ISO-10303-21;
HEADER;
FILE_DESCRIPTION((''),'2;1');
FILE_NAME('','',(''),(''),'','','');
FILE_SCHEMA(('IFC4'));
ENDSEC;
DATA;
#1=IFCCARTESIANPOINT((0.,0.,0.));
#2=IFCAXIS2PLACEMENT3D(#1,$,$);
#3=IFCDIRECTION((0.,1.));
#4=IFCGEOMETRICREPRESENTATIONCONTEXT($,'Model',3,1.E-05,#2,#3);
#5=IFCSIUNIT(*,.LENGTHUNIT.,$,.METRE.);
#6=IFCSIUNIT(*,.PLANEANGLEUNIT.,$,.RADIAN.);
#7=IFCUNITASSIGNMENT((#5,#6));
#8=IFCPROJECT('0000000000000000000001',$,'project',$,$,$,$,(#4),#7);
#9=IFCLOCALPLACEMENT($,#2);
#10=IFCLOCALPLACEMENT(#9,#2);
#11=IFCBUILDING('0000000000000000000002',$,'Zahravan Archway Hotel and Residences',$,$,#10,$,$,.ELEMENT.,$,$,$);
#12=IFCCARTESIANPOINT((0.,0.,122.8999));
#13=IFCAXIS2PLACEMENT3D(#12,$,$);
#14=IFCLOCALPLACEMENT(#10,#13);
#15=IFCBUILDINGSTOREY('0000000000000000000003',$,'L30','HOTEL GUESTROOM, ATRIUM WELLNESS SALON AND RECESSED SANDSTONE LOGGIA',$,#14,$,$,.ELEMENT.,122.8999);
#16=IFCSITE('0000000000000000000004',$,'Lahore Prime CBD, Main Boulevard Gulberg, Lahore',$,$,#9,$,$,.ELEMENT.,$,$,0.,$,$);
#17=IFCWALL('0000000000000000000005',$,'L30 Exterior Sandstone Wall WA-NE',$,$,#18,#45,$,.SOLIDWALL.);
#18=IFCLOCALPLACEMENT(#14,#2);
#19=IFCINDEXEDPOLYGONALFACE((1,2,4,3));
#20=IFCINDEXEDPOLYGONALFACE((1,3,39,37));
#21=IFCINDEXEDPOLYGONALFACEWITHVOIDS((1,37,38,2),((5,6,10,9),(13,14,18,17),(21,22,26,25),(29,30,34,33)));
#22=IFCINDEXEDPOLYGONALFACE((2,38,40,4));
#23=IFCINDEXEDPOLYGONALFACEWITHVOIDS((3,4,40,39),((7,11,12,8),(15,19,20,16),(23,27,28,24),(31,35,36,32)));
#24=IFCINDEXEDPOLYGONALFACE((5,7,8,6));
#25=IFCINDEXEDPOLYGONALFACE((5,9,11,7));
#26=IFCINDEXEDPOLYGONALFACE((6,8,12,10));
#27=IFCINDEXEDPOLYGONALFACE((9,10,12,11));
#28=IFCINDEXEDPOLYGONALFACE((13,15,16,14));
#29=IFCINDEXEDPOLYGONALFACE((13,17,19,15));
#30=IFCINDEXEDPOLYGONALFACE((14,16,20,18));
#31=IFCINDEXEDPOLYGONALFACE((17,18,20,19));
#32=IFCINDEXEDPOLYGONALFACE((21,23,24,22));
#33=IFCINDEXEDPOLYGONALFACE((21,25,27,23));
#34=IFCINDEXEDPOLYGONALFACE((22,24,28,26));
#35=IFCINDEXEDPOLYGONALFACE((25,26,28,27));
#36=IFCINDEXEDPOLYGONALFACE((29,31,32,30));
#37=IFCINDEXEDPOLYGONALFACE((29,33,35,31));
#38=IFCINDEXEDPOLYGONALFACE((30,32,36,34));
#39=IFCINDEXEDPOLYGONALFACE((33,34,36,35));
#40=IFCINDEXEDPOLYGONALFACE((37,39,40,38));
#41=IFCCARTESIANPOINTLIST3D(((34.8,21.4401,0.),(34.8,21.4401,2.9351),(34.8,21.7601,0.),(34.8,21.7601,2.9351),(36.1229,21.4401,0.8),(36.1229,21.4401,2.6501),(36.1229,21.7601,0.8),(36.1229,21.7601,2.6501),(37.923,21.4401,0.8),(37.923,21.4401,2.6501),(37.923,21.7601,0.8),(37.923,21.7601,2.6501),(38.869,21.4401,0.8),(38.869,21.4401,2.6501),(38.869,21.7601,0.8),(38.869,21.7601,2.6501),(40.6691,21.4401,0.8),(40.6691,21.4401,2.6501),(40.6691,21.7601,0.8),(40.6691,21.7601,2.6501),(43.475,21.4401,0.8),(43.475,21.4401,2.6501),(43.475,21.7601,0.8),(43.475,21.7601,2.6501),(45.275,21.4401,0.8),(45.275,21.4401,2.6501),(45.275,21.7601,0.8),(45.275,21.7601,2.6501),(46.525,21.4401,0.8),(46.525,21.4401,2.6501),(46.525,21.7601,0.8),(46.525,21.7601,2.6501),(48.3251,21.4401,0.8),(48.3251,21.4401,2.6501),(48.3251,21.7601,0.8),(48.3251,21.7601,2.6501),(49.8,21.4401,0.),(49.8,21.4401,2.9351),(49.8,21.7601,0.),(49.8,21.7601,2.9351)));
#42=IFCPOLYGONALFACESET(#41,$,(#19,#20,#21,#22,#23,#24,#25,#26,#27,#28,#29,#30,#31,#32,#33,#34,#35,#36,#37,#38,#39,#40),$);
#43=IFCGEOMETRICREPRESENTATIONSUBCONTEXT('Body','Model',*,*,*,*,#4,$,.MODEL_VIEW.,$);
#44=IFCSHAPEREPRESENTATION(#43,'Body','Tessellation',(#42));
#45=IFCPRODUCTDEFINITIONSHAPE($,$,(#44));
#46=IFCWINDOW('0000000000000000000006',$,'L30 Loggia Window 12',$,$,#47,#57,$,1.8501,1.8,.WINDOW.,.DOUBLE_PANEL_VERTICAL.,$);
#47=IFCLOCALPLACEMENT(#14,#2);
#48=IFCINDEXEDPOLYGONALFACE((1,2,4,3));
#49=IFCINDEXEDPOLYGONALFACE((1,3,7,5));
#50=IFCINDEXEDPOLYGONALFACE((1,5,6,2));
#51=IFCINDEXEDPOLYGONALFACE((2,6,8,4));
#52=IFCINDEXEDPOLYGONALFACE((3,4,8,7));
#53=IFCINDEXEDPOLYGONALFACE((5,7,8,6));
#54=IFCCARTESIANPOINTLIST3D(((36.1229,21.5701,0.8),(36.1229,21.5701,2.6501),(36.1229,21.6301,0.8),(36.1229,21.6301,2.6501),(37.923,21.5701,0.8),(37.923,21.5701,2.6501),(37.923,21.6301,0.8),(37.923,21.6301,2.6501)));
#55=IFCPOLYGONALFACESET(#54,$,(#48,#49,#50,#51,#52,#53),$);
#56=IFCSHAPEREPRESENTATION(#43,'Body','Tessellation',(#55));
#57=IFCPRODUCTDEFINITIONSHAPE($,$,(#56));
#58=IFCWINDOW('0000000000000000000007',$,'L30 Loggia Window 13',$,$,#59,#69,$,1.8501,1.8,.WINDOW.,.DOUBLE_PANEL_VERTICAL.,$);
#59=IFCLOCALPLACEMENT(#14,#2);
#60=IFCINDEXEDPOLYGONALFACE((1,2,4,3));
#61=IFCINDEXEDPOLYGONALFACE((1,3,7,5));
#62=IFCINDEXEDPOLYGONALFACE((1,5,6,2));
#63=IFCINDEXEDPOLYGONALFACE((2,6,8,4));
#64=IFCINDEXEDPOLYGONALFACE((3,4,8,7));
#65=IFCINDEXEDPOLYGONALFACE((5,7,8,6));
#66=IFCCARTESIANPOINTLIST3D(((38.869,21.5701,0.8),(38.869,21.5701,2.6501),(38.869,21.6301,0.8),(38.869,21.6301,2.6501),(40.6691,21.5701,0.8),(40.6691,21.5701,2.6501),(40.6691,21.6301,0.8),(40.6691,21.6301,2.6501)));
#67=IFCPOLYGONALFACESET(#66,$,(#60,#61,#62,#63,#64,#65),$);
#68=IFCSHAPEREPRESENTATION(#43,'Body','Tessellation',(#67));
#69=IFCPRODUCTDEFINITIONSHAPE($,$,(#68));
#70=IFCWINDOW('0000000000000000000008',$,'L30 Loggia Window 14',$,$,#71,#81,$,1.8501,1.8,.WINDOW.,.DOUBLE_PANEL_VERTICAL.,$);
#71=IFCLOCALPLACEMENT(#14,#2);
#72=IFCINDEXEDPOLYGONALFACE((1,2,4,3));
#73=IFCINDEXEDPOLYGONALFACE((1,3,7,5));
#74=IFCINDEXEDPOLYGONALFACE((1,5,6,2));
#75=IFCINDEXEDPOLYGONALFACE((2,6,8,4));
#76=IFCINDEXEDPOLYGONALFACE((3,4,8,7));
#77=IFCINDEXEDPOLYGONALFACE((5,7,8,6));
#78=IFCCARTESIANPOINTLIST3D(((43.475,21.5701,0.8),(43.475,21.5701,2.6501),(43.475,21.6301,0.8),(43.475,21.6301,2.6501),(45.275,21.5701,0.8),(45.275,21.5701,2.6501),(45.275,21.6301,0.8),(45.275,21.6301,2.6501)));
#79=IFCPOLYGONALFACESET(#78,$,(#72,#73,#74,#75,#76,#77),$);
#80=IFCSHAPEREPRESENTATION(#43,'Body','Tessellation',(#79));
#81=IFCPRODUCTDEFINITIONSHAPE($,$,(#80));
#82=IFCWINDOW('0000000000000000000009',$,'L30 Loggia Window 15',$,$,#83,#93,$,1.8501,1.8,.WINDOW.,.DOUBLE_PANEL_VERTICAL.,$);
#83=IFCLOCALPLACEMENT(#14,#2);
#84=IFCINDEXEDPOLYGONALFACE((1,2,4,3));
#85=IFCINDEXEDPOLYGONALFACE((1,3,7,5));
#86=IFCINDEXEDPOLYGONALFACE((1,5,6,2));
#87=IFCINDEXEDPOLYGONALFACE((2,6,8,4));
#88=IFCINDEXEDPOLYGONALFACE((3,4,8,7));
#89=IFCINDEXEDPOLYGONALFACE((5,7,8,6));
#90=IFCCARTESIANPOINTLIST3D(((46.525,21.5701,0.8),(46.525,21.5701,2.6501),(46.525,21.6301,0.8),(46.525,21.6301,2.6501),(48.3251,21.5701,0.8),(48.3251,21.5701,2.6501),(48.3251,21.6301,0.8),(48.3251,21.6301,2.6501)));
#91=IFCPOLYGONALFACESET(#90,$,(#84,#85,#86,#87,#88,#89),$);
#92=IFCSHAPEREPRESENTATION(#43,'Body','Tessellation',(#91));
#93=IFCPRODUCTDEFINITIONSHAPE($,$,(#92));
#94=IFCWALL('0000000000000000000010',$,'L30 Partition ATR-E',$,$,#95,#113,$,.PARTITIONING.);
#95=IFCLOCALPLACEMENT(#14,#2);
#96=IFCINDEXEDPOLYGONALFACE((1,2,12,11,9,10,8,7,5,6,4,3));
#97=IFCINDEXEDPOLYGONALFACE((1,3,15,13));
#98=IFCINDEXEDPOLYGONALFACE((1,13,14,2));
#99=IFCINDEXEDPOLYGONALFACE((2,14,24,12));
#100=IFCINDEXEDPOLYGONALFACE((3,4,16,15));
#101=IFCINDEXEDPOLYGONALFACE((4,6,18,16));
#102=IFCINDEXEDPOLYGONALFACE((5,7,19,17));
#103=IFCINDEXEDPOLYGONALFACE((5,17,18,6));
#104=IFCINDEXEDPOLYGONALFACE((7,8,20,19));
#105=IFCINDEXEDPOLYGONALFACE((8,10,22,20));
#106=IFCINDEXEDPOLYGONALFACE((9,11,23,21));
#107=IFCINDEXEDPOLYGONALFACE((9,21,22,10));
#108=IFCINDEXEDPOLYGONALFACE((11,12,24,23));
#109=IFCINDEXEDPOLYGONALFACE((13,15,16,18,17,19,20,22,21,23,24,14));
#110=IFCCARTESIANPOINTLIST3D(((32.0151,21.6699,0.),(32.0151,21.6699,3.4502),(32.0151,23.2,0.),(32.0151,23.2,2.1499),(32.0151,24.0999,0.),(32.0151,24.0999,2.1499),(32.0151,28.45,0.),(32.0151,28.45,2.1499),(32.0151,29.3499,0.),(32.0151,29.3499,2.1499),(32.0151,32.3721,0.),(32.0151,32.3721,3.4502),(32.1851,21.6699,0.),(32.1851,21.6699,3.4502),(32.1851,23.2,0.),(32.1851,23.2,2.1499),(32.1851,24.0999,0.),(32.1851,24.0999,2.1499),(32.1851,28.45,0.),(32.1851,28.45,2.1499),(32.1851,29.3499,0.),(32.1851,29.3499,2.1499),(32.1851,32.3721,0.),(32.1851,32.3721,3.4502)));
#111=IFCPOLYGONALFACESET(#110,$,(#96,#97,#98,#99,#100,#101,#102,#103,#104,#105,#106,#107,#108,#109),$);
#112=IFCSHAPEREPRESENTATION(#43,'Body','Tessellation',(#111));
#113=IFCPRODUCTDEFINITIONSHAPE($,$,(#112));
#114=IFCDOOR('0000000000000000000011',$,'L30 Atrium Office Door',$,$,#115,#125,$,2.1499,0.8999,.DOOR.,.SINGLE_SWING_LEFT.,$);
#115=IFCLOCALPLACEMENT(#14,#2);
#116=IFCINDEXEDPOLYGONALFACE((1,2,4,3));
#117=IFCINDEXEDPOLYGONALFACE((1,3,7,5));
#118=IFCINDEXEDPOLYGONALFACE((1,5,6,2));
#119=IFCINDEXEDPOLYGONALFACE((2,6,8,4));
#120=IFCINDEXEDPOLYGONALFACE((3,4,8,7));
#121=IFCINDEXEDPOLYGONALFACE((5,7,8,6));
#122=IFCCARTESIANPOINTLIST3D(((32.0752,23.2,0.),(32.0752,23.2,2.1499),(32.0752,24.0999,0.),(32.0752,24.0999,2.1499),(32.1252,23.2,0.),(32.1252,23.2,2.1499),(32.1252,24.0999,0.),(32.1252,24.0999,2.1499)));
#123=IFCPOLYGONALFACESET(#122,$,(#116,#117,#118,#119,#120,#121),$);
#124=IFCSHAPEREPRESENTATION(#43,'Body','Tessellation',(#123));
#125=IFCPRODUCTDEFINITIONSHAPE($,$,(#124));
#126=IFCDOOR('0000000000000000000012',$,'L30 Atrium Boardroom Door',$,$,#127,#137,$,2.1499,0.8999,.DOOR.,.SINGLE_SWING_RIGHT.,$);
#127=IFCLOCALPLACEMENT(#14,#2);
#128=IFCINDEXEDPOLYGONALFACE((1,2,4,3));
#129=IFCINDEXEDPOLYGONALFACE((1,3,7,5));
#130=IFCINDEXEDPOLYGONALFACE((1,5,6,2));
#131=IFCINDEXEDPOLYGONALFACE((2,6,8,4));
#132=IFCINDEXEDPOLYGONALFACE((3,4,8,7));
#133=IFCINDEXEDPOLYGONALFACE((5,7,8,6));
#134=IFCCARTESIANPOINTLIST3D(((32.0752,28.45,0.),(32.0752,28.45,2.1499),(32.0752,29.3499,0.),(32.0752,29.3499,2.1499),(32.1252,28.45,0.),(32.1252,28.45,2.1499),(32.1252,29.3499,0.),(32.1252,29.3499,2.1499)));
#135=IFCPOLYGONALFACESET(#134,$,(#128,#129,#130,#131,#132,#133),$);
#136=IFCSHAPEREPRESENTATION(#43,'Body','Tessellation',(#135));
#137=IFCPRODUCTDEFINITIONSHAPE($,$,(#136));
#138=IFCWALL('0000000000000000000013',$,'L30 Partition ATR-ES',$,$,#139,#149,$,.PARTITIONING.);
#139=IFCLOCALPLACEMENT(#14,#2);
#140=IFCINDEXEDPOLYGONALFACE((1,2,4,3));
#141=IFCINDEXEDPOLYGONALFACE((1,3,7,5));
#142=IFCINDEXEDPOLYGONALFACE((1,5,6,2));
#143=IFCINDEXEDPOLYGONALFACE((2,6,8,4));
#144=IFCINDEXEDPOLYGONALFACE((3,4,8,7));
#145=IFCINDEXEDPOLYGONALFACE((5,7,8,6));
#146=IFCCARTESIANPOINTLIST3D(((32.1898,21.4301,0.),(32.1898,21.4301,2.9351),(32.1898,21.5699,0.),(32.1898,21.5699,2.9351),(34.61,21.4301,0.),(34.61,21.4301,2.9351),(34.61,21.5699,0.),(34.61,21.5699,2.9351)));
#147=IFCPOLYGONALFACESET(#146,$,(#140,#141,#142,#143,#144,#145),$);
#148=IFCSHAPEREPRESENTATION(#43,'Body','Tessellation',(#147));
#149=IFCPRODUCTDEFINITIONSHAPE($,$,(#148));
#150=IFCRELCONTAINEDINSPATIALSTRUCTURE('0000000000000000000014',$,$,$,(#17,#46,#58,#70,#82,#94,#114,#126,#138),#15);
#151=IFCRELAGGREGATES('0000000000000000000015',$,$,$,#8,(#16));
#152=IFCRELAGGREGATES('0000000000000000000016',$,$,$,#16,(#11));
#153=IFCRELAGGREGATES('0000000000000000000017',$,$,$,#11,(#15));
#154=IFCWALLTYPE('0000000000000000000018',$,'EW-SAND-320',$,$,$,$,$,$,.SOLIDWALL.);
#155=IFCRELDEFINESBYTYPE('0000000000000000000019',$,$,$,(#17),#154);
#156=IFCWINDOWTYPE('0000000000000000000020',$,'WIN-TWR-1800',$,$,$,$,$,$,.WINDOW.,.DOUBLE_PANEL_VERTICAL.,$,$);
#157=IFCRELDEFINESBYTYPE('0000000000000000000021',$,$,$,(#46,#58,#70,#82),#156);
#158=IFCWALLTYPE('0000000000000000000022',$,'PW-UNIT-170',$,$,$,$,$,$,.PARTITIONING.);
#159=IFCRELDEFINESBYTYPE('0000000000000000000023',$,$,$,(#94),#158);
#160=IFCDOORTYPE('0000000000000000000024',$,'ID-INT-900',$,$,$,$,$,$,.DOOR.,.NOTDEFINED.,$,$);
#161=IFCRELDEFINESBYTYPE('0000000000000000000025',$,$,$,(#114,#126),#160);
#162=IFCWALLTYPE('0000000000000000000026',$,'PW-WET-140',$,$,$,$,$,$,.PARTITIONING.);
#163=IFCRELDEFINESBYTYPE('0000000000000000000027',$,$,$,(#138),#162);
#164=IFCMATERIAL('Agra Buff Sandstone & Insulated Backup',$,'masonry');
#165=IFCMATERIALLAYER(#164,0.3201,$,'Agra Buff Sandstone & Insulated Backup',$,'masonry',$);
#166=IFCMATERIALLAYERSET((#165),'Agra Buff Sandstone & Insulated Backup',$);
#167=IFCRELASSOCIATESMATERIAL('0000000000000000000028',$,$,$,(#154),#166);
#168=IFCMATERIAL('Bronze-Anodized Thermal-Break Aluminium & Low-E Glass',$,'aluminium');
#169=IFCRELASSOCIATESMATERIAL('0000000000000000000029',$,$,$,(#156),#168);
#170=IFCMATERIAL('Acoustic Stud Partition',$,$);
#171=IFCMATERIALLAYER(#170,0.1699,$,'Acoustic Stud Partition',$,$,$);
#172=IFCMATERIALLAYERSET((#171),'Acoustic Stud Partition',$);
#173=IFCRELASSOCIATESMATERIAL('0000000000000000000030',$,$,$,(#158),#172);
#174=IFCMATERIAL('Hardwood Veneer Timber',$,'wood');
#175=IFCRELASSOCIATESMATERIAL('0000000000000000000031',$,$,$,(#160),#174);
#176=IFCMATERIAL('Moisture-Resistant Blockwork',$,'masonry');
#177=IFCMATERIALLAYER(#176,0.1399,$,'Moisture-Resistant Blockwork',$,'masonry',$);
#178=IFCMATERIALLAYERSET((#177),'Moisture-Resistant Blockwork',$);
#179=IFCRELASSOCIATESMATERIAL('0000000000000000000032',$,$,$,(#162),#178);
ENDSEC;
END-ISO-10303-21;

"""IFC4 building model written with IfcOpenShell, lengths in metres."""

from ifc_helpers import new_model, si_unit, direction, frame, frame_2d, origin, place, context, subcontext, project, spatial, rectangle, extrude, source, transform, mapped, material, layer, layer_set, type_object, type_shapes, element, fill, save


model = new_model("IFC4")

# Units and contexts
model_context = context("Model", 3, precision=1e-05, world=origin(), true_north=direction((0.0, 1.0)))
body_context = subcontext(model_context, "Body", "Model", "MODEL_VIEW")
ifc_project = project(units=[si_unit("LENGTHUNIT", "METRE"), si_unit("PLANEANGLEUNIT", "RADIAN")], contexts=[model_context])

# Site, building, storey
site_placement = place(None, origin())
site = spatial("IfcSite", under=ifc_project, at=site_placement, Name="Lahore Prime CBD, Main Boulevard Gulberg, Lahore", CompositionType="ELEMENT", RefElevation=0.0)
building_placement = place(site_placement, origin())
building = spatial("IfcBuilding", under=site, at=building_placement, Name="Zahravan Archway Hotel and Residences", CompositionType="ELEMENT")
storey_placement = place(building_placement, frame((0.0, 0.0, 122.8999)))
storey = spatial("IfcBuildingStorey", under=building, at=storey_placement, Name="L30", Description="HOTEL GUESTROOM, ATRIUM WELLNESS SALON AND RECESSED SANDSTONE LOGGIA", CompositionType="ELEMENT", Elevation=122.8999)

# Wall, openings, windows
ifc_material_1 = material(Name="Agra Buff Sandstone & Insulated Backup", Category="masonry")
ifc_layer_1 = layer(ifc_material_1, 0.3201, Name="Agra Buff Sandstone & Insulated Backup", Category="masonry")
ifc_layer_set_1 = layer_set([ifc_layer_1], Name="Agra Buff Sandstone & Insulated Backup")
wall_type_1 = type_object("IfcWallType", Name="EW-SAND-320", PredefinedType="SOLIDWALL", material=ifc_layer_set_1)
wall_1_placement = place(storey_placement, frame((34.8, 21.6001, 0.0), z_axis=(0.0, 0.0, 1.0), x_axis=(1.0, 0.0, 0.0)))
wall_1 = element("IfcWall", 1, at=wall_1_placement, inside=storey, type_object=wall_type_1, Name="L30 Exterior Sandstone Wall WA-NE", PredefinedType="SOLIDWALL", context=body_context, shape_type="SweptSolid", body=[
    extrude(rectangle(XDim=15.0, YDim=0.3201, at=frame_2d((7.5, 0.0))), origin(), (0.0, 0.0, 1.0), 2.9351),
])
opening_1_placement = place(wall_1_placement, frame((1.323, 0.0, 0.8)))
opening_1 = element("IfcOpeningElement", 2, at=opening_1_placement, cuts=wall_1, PredefinedType="OPENING", context=body_context, shape_type="SweptSolid", body=[
    extrude(rectangle(XDim=1.8, YDim=1.8501, at=frame_2d((0.8999, 0.925))), frame((0.0, 0.1699, 0.0), z_axis=(0.0, -1.0, 0.0), x_axis=(1.0, 0.0, 0.0)), (0.0, 0.0, 1.0), 0.3401),
])
opening_2_placement = place(wall_1_placement, frame((4.0691, 0.0, 0.8)))
opening_2 = element("IfcOpeningElement", 3, at=opening_2_placement, cuts=wall_1, PredefinedType="OPENING", context=body_context, shape_type="SweptSolid", body=[
    extrude(rectangle(XDim=1.8, YDim=1.8501, at=frame_2d((0.8999, 0.925))), frame((0.0, 0.1699, 0.0), z_axis=(0.0, -1.0, 0.0), x_axis=(1.0, 0.0, 0.0)), (0.0, 0.0, 1.0), 0.3401),
])
opening_3_placement = place(wall_1_placement, frame((8.675, 0.0, 0.8)))
opening_3 = element("IfcOpeningElement", 4, at=opening_3_placement, cuts=wall_1, PredefinedType="OPENING", context=body_context, shape_type="SweptSolid", body=[
    extrude(rectangle(XDim=1.8, YDim=1.8501, at=frame_2d((0.8999, 0.925))), frame((0.0, 0.1699, 0.0), z_axis=(0.0, -1.0, 0.0), x_axis=(1.0, 0.0, 0.0)), (0.0, 0.0, 1.0), 0.3401),
])
opening_4_placement = place(wall_1_placement, frame((11.7251, 0.0, 0.8)))
opening_4 = element("IfcOpeningElement", 5, at=opening_4_placement, cuts=wall_1, PredefinedType="OPENING", context=body_context, shape_type="SweptSolid", body=[
    extrude(rectangle(XDim=1.8, YDim=1.8501, at=frame_2d((0.8999, 0.925))), frame((0.0, 0.1699, 0.0), z_axis=(0.0, -1.0, 0.0), x_axis=(1.0, 0.0, 0.0)), (0.0, 0.0, 1.0), 0.3401),
])
ifc_material_2 = material(Name="Bronze-Anodized Thermal-Break Aluminium & Low-E Glass", Category="aluminium")
window_type = type_object("IfcWindowType", Name="WIN-TWR-1800", PartitioningType="DOUBLE_PANEL_VERTICAL", PredefinedType="WINDOW", material=ifc_material_2)
shared_shape_1 = source(origin(), body_context, "Body", "SweptSolid", [
    extrude(rectangle(XDim=1.8, YDim=1.8501, at=frame_2d((0.8999, 0.925))), frame((0.0, 0.03, 0.0), z_axis=(0.0, -1.0, 0.0), x_axis=(1.0, 0.0, 0.0)), (0.0, 0.0, 1.0), 0.0601),
])
type_shapes(window_type, [shared_shape_1])
window_1_placement = place(opening_1_placement, origin())
window_1 = element("IfcWindow", 6, at=window_1_placement, inside=storey, type_object=window_type, Name="L30 Loggia Window 12", OverallHeight=1.8501, OverallWidth=1.8, PartitioningType="DOUBLE_PANEL_VERTICAL", PredefinedType="WINDOW", context=body_context, shape_type="MappedRepresentation", body=[
    mapped(shared_shape_1, transform((0.0, 0.0, 0.0), scale=1.0)),
])
fill(opening_1, window_1)
window_2_placement = place(opening_2_placement, origin())
window_2 = element("IfcWindow", 7, at=window_2_placement, inside=storey, type_object=window_type, Name="L30 Loggia Window 13", OverallHeight=1.8501, OverallWidth=1.8, PartitioningType="DOUBLE_PANEL_VERTICAL", PredefinedType="WINDOW", context=body_context, shape_type="MappedRepresentation", body=[
    mapped(shared_shape_1, transform((0.0, 0.0, 0.0), scale=1.0)),
])
fill(opening_2, window_2)
window_3_placement = place(opening_3_placement, origin())
window_3 = element("IfcWindow", 8, at=window_3_placement, inside=storey, type_object=window_type, Name="L30 Loggia Window 14", OverallHeight=1.8501, OverallWidth=1.8, PartitioningType="DOUBLE_PANEL_VERTICAL", PredefinedType="WINDOW", context=body_context, shape_type="MappedRepresentation", body=[
    mapped(shared_shape_1, transform((0.0, 0.0, 0.0), scale=1.0)),
])
fill(opening_3, window_3)
window_4_placement = place(opening_4_placement, origin())
window_4 = element("IfcWindow", 9, at=window_4_placement, inside=storey, type_object=window_type, Name="L30 Loggia Window 15", OverallHeight=1.8501, OverallWidth=1.8, PartitioningType="DOUBLE_PANEL_VERTICAL", PredefinedType="WINDOW", context=body_context, shape_type="MappedRepresentation", body=[
    mapped(shared_shape_1, transform((0.0, 0.0, 0.0), scale=1.0)),
])
fill(opening_4, window_4)

# Wall, openings, doors
ifc_material_3 = material(Name="Acoustic Stud Partition")
ifc_layer_2 = layer(ifc_material_3, 0.1699, Name="Acoustic Stud Partition")
ifc_layer_set_2 = layer_set([ifc_layer_2], Name="Acoustic Stud Partition")
wall_type_2 = type_object("IfcWallType", Name="PW-UNIT-170", PredefinedType="PARTITIONING", material=ifc_layer_set_2)
wall_2_placement = place(storey_placement, frame((32.1001, 21.6699, 0.0), z_axis=(0.0, 0.0, 1.0), x_axis=(0.0, 1.0, 0.0)))
wall_2 = element("IfcWall", 10, at=wall_2_placement, inside=storey, type_object=wall_type_2, Name="L30 Partition ATR-E", PredefinedType="PARTITIONING", context=body_context, shape_type="SweptSolid", body=[
    extrude(rectangle(XDim=10.7021, YDim=0.1699, at=frame_2d((5.3511, 0.0))), origin(), (0.0, 0.0, 1.0), 3.4502),
])
opening_5_placement = place(wall_2_placement, frame((1.53, 0.0, 0.0)))
opening_5 = element("IfcOpeningElement", 11, at=opening_5_placement, cuts=wall_2, PredefinedType="OPENING", context=body_context, shape_type="SweptSolid", body=[
    extrude(rectangle(XDim=0.8999, YDim=2.1499, at=frame_2d((0.45, 1.075))), frame((0.0, 0.095, 0.0), z_axis=(0.0, -1.0, 0.0), x_axis=(1.0, 0.0, 0.0)), (0.0, 0.0, 1.0), 0.1899),
])
opening_6_placement = place(wall_2_placement, frame((6.78, 0.0, 0.0)))
opening_6 = element("IfcOpeningElement", 12, at=opening_6_placement, cuts=wall_2, PredefinedType="OPENING", context=body_context, shape_type="SweptSolid", body=[
    extrude(rectangle(XDim=0.8999, YDim=2.1499, at=frame_2d((0.45, 1.075))), frame((0.0, 0.095, 0.0), z_axis=(0.0, -1.0, 0.0), x_axis=(1.0, 0.0, 0.0)), (0.0, 0.0, 1.0), 0.1899),
])
ifc_material_4 = material(Name="Hardwood Veneer Timber", Category="wood")
door_type = type_object("IfcDoorType", Name="ID-INT-900", OperationType="NOTDEFINED", PredefinedType="DOOR", material=ifc_material_4)
shared_shape_2 = source(origin(), body_context, "Body", "SweptSolid", [
    extrude(rectangle(XDim=0.8999, YDim=2.1499, at=frame_2d((0.45, 1.075))), frame((0.0, 0.0249, 0.0), z_axis=(0.0, -1.0, 0.0), x_axis=(1.0, 0.0, 0.0)), (0.0, 0.0, 1.0), 0.05),
])
type_shapes(door_type, [shared_shape_2])
door_1_placement = place(opening_5_placement, origin())
door_1 = element("IfcDoor", 13, at=door_1_placement, inside=storey, type_object=door_type, Name="L30 Atrium Office Door", OperationType="SINGLE_SWING_LEFT", OverallHeight=2.1499, OverallWidth=0.8999, PredefinedType="DOOR", context=body_context, shape_type="MappedRepresentation", body=[
    mapped(shared_shape_2, transform((0.0, 0.0, 0.0), scale=1.0)),
])
fill(opening_5, door_1)
door_2_placement = place(opening_6_placement, origin())
door_2 = element("IfcDoor", 14, at=door_2_placement, inside=storey, type_object=door_type, Name="L30 Atrium Boardroom Door", OperationType="SINGLE_SWING_RIGHT", OverallHeight=2.1499, OverallWidth=0.8999, PredefinedType="DOOR", context=body_context, shape_type="MappedRepresentation", body=[
    mapped(shared_shape_2, transform((0.0, 0.0, 0.0), scale=1.0)),
])
fill(opening_6, door_2)

# Wall
ifc_material_5 = material(Name="Moisture-Resistant Blockwork", Category="masonry")
ifc_layer_3 = layer(ifc_material_5, 0.1399, Name="Moisture-Resistant Blockwork", Category="masonry")
ifc_layer_set_3 = layer_set([ifc_layer_3], Name="Moisture-Resistant Blockwork")
wall_type_3 = type_object("IfcWallType", Name="PW-WET-140", PredefinedType="PARTITIONING", material=ifc_layer_set_3)
wall_3_placement = place(storey_placement, frame((32.1899, 21.5, 0.0), z_axis=(0.0, 0.0, 1.0), x_axis=(1.0, 0.0, 0.0)))
element("IfcWall", 15, at=wall_3_placement, inside=storey, type_object=wall_type_3, Name="L30 Partition ATR-ES", PredefinedType="PARTITIONING", context=body_context, shape_type="SweptSolid", body=[
    extrude(rectangle(XDim=2.4202, YDim=0.1399, at=frame_2d((1.21, 0.0))), origin(), (0.0, 0.0, 1.0), 2.9351),
])

save(model, "model.ifc")
